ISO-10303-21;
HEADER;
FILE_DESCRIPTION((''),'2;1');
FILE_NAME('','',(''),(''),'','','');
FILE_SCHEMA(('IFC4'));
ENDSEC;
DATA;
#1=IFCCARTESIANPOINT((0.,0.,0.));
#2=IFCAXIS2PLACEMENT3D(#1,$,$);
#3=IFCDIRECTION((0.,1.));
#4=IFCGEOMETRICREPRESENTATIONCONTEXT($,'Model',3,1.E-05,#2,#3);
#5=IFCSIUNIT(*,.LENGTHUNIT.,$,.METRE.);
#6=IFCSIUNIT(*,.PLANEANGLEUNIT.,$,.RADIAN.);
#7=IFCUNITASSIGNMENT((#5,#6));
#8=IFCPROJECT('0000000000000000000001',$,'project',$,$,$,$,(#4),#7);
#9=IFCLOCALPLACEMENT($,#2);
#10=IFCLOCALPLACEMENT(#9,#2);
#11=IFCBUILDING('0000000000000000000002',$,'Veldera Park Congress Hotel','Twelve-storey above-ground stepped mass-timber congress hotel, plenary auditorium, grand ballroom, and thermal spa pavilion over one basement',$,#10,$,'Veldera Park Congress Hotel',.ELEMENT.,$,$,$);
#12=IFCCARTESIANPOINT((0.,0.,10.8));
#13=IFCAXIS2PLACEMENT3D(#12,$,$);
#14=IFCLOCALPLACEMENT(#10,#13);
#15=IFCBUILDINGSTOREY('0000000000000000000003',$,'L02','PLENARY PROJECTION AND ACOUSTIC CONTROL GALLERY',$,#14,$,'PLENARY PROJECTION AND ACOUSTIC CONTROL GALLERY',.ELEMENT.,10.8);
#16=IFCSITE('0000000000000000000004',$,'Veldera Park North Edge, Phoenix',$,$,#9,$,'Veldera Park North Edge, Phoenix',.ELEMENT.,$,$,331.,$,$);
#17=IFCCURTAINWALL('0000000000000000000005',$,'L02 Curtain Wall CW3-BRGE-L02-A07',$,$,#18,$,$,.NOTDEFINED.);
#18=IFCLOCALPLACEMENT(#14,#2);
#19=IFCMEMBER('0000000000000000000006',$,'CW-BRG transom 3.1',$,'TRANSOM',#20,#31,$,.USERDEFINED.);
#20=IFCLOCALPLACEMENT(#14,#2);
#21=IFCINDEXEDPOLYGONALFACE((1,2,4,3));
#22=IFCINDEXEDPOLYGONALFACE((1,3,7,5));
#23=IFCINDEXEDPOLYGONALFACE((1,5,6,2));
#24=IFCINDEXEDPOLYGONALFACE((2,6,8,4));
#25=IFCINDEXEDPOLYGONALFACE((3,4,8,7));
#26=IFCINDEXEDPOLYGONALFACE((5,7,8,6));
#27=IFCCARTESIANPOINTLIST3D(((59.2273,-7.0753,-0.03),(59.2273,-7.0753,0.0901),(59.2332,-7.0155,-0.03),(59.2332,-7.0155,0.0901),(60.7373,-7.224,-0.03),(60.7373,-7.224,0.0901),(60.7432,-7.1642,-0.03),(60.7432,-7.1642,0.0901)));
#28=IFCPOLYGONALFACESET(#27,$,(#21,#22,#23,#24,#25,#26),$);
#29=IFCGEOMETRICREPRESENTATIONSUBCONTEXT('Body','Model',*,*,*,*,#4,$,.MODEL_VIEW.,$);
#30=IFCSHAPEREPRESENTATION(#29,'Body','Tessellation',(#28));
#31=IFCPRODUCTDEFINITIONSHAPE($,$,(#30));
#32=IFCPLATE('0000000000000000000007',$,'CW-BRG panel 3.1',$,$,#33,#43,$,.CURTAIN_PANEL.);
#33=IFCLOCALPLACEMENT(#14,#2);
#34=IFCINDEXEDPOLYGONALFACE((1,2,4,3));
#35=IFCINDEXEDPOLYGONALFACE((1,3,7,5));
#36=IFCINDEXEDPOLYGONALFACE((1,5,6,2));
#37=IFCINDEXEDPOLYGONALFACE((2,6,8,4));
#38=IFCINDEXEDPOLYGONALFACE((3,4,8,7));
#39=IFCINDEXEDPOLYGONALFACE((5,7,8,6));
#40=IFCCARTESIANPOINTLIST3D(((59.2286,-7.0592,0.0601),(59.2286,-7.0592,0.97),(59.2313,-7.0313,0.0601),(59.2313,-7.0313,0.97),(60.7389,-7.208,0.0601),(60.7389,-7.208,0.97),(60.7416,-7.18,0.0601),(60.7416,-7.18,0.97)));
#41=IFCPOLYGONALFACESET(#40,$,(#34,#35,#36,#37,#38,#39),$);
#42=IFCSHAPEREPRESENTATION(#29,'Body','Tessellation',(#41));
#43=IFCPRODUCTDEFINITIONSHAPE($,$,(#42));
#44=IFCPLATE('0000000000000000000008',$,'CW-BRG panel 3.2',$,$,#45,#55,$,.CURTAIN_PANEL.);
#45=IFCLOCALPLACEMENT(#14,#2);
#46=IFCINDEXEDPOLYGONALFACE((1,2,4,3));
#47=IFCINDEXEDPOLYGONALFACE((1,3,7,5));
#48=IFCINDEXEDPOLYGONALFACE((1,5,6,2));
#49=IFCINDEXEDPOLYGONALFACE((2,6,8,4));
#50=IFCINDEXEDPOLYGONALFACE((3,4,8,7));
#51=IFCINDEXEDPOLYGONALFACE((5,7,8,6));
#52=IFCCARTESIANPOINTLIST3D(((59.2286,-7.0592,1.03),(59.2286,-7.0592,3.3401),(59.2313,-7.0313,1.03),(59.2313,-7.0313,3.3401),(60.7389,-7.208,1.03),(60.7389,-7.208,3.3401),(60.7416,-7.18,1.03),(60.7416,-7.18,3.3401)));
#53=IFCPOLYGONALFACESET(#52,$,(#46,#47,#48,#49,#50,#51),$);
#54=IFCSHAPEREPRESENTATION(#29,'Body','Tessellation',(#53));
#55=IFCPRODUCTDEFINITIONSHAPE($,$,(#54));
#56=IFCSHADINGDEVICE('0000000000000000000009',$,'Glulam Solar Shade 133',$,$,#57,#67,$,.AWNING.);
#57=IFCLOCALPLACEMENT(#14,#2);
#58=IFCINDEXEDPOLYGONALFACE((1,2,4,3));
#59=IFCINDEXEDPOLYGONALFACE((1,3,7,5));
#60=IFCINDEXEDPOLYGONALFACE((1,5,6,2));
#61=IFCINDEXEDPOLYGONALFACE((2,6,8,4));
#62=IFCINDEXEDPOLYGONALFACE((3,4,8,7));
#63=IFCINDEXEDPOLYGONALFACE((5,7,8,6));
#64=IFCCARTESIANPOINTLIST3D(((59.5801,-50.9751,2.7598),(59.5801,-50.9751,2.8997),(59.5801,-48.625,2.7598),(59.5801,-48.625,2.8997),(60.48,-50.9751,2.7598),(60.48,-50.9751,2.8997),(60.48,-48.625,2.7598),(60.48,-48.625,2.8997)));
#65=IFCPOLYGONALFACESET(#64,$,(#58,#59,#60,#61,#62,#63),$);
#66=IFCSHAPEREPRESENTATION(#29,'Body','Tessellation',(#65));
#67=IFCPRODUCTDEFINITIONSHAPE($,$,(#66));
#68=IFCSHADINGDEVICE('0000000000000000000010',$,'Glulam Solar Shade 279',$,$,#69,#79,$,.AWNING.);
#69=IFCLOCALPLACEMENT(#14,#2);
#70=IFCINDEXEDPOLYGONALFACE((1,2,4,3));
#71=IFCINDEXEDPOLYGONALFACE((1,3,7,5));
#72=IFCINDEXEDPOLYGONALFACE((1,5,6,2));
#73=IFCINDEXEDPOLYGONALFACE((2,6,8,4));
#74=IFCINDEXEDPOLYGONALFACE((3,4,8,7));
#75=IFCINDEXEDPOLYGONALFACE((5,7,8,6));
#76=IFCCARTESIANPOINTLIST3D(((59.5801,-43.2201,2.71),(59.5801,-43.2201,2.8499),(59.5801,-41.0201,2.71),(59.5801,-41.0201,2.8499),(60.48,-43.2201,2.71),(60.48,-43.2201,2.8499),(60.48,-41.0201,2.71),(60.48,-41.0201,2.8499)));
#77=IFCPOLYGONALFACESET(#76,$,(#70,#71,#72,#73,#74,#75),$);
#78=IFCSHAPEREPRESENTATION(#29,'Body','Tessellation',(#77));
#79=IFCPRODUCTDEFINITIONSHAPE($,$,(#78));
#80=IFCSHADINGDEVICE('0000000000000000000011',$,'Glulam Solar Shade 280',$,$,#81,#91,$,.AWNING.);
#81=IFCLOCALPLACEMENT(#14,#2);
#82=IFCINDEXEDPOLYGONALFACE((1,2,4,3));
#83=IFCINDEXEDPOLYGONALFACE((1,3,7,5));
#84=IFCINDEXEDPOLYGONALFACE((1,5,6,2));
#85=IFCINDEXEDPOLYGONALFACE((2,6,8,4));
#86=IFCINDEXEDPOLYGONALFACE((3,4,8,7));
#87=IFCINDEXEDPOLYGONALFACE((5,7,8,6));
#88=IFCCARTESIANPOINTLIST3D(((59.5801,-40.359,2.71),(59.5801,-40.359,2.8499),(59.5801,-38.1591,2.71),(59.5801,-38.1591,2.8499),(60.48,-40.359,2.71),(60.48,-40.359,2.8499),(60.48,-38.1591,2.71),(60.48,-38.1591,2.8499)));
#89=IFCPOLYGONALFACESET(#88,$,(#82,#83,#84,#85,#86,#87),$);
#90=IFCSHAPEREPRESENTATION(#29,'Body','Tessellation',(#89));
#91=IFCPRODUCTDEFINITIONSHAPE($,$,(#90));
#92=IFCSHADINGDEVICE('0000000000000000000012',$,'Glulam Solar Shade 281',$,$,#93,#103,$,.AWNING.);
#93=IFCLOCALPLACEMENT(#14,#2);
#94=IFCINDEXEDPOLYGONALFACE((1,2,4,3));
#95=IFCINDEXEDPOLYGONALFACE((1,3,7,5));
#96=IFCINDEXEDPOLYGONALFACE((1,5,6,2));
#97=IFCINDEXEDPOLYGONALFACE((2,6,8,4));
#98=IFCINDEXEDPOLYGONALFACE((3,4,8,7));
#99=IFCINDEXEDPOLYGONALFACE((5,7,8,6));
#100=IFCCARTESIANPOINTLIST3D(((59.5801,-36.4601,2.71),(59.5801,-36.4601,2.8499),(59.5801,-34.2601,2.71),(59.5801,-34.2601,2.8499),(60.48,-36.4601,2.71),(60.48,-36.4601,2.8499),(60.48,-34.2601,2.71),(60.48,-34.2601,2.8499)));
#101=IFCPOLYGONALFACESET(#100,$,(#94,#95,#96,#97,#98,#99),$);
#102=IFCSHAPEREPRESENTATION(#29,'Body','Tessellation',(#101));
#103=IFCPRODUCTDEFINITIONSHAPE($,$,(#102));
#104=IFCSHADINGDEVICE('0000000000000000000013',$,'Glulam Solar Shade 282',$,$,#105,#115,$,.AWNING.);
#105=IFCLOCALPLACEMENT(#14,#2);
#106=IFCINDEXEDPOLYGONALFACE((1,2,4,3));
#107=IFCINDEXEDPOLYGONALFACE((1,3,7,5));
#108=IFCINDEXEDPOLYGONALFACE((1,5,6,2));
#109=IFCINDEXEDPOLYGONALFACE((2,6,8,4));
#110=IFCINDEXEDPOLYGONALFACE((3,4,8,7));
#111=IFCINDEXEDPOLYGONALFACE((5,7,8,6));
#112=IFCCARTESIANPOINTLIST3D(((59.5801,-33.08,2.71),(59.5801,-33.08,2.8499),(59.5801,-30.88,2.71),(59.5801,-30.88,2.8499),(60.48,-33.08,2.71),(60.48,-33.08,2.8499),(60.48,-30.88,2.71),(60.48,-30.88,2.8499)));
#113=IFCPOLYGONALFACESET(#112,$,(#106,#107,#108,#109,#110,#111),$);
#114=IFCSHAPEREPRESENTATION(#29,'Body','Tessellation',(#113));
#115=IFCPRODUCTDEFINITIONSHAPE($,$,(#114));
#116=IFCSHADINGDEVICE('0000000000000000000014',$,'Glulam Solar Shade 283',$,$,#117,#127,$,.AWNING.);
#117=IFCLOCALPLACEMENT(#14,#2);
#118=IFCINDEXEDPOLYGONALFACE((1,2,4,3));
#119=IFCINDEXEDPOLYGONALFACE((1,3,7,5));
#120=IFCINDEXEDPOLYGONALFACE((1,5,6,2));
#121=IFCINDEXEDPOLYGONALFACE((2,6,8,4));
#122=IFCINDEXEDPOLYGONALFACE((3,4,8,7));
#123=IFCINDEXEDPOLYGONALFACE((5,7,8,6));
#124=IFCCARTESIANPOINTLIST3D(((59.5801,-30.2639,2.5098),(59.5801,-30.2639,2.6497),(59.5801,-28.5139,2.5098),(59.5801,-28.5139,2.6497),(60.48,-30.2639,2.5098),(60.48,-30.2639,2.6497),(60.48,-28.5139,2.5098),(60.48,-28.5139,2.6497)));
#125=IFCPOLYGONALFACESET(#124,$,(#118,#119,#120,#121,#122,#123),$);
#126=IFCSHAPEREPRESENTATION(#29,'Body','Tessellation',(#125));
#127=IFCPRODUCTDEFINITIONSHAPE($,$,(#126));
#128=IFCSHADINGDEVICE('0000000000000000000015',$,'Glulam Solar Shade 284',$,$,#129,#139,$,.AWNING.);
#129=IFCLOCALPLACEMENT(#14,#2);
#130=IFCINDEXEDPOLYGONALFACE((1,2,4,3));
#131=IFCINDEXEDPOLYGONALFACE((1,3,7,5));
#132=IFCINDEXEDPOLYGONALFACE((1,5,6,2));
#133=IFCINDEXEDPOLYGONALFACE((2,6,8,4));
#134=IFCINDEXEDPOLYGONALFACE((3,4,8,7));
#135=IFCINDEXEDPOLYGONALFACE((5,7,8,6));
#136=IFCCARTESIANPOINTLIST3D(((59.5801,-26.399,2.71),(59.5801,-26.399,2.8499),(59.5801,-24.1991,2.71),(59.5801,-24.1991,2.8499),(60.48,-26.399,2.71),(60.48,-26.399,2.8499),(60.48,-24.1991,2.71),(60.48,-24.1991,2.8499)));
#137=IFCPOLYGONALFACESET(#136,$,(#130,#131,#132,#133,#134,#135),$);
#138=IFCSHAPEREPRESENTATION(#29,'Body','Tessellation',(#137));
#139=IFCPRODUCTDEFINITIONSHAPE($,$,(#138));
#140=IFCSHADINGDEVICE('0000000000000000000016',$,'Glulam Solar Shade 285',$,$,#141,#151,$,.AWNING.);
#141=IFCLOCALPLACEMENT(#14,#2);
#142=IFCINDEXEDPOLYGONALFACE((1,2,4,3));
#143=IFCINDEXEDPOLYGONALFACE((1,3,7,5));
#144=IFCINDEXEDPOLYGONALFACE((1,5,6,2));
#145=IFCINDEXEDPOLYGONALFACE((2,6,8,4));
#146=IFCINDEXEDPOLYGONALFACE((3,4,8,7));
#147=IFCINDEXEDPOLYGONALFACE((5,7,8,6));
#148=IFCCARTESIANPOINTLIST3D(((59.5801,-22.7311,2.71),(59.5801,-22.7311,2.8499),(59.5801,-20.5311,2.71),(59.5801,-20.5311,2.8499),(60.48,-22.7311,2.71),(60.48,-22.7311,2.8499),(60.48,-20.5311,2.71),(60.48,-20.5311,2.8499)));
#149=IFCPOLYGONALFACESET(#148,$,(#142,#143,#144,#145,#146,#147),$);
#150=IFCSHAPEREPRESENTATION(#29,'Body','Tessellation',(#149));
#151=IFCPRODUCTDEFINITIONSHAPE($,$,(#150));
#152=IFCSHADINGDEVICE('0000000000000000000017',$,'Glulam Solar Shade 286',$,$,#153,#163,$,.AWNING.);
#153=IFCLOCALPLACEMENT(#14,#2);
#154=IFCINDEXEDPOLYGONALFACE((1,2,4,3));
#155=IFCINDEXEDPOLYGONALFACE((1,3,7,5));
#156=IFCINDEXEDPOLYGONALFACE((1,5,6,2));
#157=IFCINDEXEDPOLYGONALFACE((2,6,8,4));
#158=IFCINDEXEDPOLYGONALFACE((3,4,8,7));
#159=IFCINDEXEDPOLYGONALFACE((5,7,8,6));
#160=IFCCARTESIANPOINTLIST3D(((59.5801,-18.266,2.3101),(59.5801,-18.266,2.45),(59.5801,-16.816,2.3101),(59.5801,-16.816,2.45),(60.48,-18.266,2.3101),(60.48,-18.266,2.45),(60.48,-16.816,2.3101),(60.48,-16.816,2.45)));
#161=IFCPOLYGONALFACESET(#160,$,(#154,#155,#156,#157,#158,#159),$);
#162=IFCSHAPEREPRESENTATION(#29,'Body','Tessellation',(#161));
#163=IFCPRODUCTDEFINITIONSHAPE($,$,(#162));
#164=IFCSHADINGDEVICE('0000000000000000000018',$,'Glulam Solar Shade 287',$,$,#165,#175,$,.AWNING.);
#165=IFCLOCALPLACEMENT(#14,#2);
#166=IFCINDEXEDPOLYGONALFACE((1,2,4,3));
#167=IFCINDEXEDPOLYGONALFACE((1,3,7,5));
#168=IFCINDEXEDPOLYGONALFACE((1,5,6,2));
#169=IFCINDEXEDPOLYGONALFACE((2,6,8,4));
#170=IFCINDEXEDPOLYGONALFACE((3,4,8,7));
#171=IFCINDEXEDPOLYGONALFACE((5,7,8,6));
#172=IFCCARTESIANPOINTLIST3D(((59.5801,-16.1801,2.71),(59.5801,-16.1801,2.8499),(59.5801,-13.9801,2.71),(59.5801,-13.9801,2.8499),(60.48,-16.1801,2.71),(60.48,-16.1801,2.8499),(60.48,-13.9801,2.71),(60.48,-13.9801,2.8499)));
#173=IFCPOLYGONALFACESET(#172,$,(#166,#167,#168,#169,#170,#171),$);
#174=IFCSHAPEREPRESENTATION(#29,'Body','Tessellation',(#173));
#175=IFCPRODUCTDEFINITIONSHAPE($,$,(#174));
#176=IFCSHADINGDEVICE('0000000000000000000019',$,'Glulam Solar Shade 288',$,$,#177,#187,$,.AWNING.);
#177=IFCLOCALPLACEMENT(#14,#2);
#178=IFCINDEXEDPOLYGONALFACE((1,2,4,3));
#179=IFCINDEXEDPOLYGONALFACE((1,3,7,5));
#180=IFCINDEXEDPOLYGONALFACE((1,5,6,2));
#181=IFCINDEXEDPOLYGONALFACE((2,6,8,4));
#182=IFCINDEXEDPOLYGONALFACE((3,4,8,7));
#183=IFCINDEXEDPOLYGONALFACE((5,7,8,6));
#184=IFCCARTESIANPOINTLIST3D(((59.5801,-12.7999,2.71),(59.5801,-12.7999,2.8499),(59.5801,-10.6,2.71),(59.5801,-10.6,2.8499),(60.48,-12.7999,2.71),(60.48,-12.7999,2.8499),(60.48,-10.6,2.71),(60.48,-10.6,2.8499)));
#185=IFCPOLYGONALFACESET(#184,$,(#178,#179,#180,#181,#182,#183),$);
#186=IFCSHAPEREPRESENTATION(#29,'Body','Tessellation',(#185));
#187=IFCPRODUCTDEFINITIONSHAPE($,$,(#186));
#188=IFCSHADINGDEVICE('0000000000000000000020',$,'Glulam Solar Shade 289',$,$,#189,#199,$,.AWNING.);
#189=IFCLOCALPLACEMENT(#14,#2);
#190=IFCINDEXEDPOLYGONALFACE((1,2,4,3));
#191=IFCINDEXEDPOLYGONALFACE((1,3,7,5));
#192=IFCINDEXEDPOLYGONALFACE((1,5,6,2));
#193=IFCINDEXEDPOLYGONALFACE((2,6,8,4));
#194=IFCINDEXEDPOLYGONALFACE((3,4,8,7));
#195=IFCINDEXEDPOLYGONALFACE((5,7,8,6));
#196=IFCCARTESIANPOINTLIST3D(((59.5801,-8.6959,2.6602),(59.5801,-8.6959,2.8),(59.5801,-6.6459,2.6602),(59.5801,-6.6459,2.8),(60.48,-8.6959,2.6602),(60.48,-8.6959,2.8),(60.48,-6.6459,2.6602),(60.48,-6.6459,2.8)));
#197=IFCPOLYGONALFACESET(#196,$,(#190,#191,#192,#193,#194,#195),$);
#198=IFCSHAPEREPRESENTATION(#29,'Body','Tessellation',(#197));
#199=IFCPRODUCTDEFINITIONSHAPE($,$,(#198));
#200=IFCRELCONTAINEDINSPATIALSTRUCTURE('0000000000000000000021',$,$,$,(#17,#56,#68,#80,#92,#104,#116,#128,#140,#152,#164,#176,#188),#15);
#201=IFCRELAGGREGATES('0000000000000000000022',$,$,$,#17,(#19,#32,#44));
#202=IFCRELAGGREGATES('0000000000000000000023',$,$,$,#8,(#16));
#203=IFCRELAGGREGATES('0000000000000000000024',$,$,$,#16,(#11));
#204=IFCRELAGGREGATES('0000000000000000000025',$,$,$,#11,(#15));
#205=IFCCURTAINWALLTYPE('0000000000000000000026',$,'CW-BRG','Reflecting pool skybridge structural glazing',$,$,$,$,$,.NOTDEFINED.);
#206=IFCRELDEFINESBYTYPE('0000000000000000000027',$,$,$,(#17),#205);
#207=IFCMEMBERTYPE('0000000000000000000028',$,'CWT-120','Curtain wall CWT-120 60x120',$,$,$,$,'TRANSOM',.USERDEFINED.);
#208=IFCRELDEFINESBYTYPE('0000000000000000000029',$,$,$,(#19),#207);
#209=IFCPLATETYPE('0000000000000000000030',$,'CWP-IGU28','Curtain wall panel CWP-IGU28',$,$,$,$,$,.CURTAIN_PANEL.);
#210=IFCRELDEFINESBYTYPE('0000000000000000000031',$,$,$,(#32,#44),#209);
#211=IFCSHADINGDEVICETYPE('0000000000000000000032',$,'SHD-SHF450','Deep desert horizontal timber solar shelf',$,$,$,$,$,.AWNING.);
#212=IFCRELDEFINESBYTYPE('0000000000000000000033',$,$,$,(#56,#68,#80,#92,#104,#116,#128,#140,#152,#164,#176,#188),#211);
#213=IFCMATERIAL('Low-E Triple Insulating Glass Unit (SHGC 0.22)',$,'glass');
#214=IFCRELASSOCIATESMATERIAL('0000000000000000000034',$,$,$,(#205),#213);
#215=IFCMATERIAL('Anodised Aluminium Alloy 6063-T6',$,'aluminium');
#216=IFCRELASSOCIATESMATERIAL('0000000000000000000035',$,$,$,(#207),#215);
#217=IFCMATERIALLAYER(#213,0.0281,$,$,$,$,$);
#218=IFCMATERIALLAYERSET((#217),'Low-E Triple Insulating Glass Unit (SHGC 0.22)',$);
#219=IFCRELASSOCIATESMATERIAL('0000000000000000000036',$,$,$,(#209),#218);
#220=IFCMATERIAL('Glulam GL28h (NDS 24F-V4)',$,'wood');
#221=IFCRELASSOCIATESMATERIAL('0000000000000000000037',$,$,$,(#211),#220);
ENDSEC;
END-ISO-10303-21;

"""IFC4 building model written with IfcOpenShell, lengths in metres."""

from ifc_helpers import new_model, si_unit, direction, frame, origin, origin_2d, place, context, subcontext, project, spatial, rectangle, extrude, material, layer, layer_set, material_profile, profile_set, type_object, element, aggregate, save


model = new_model("IFC4")

# Units and contexts
model_context = context("Model", 3, precision=1e-05, world=origin(), true_north=direction((0.0, 1.0)))
body_context = subcontext(model_context, "Body", "Model", "MODEL_VIEW")
ifc_project = project(units=[si_unit("LENGTHUNIT", "METRE"), si_unit("PLANEANGLEUNIT", "RADIAN")], contexts=[model_context])

# Site, building, storey
site_placement = place(None, origin())
site = spatial("IfcSite", under=ifc_project, at=site_placement, Name="Veldera Park North Edge, Phoenix", LongName="Veldera Park North Edge, Phoenix", CompositionType="ELEMENT", RefElevation=331.0)
building_placement = place(site_placement, origin())
building = spatial("IfcBuilding", under=site, at=building_placement, Name="Veldera Park Congress Hotel", Description="Twelve-storey above-ground stepped mass-timber congress hotel, plenary auditorium, grand ballroom, and thermal spa pavilion over one basement", LongName="Veldera Park Congress Hotel", CompositionType="ELEMENT")
storey_placement = place(building_placement, frame((0.0, 0.0, 10.8)))
storey = spatial("IfcBuildingStorey", under=building, at=storey_placement, Name="L02", Description="PLENARY PROJECTION AND ACOUSTIC CONTROL GALLERY", LongName="PLENARY PROJECTION AND ACOUSTIC CONTROL GALLERY", CompositionType="ELEMENT", Elevation=10.8)

# Curtain wall, member, plates
ifc_material_1 = material(Name="Low-E Triple Insulating Glass Unit (SHGC 0.22)", Category="glass")
curtain_wall_type = type_object("IfcCurtainWallType", Name="CW-BRG", Description="Reflecting pool skybridge structural glazing", PredefinedType="NOTDEFINED", material=ifc_material_1)
curtain_wall_placement = place(storey_placement, origin())
curtain_wall = element("IfcCurtainWall", 1, at=curtain_wall_placement, inside=storey, type_object=curtain_wall_type, Name="L02 Curtain Wall CW3-BRGE-L02-A07", PredefinedType="NOTDEFINED")
ifc_material_2 = material(Name="Anodised Aluminium Alloy 6063-T6", Category="aluminium")
ifc_material_profile = material_profile(ifc_material_2, rectangle(XDim=0.0601, YDim=0.1201, at=origin_2d()), Name="ALU 60x120")
ifc_profile_set = profile_set([ifc_material_profile], Name="Anodised Aluminium Alloy 6063-T6")
member_type = type_object("IfcMemberType", Name="CWT-120", Description="Curtain wall CWT-120 60x120", ElementType="TRANSOM", PredefinedType="USERDEFINED", material=ifc_profile_set)
member_placement = place(storey_placement, frame((59.2302, -7.0454, 0.03), z_axis=(0.995187, -0.09799, 0.0), x_axis=(0.09799, 0.995187, 0.0)))
member = element("IfcMember", 2, at=member_placement, type_object=member_type, Name="CW-BRG transom 3.1", ObjectType="TRANSOM", PredefinedType="USERDEFINED", context=body_context, shape_type="SweptSolid", body=[
    extrude(rectangle(XDim=0.0601, YDim=0.1201, at=origin_2d()), origin(), (0.0, 0.0, 1.0), 1.5173),
])
ifc_layer = layer(ifc_material_1, 0.0281)
ifc_layer_set = layer_set([ifc_layer], Name="Low-E Triple Insulating Glass Unit (SHGC 0.22)")
plate_type = type_object("IfcPlateType", Name="CWP-IGU28", Description="Curtain wall panel CWP-IGU28", PredefinedType="CURTAIN_PANEL", material=ifc_layer_set)
plate_1_placement = place(storey_placement, frame((59.9851, -7.1196, 0.0601), z_axis=(0.0, 0.0, 1.0), x_axis=(0.995184, -0.098021, 0.0)))
plate_1 = element("IfcPlate", 3, at=plate_1_placement, type_object=plate_type, Name="CW-BRG panel 3.1", PredefinedType="CURTAIN_PANEL", context=body_context, shape_type="SweptSolid", body=[
    extrude(rectangle(XDim=1.5176, YDim=0.0281, at=origin_2d()), origin(), (0.0, 0.0, 1.0), 0.9099),
])
plate_2_placement = place(storey_placement, frame((59.9851, -7.1196, 1.03), z_axis=(0.0, 0.0, 1.0), x_axis=(0.995184, -0.098021, 0.0)))
plate_2 = element("IfcPlate", 4, at=plate_2_placement, type_object=plate_type, Name="CW-BRG panel 3.2", PredefinedType="CURTAIN_PANEL", context=body_context, shape_type="SweptSolid", body=[
    extrude(rectangle(XDim=1.5176, YDim=0.0281, at=origin_2d()), origin(), (0.0, 0.0, 1.0), 2.3101),
])
aggregate(curtain_wall, [member, plate_1, plate_2])

# Shading devices
ifc_material_3 = material(Name="Glulam GL28h (NDS 24F-V4)", Category="wood")
shading_device_type = type_object("IfcShadingDeviceType", Name="SHD-SHF450", Description="Deep desert horizontal timber solar shelf", PredefinedType="AWNING", material=ifc_material_3)
shading_device_1_placement = place(storey_placement, frame((60.03, -49.8, 2.7598), z_axis=(0.0, 0.0, 1.0), x_axis=(0.0, -1.0, 0.0)))
element("IfcShadingDevice", 5, at=shading_device_1_placement, inside=storey, type_object=shading_device_type, Name="Glulam Solar Shade 133", PredefinedType="AWNING", context=body_context, shape_type="SweptSolid", body=[
    extrude(rectangle(XDim=2.3501, YDim=0.8999, at=origin_2d()), origin(), (0.0, 0.0, 1.0), 0.1399),
])
for number, where, z_axis, x_axis, name in (
    (6, (60.03, -42.1201, 2.71), (0.0, 0.0, 1.0), (0.0, -1.0, 0.0), "Glulam Solar Shade 279"),
    (7, (60.03, -39.259, 2.71), (0.0, 0.0, 1.0), (0.0, -1.0, 0.0), "Glulam Solar Shade 280"),
    (8, (60.03, -35.3601, 2.71), (0.0, 0.0, 1.0), (0.0, -1.0, 0.0), "Glulam Solar Shade 281"),
    (9, (60.03, -31.98, 2.71), (0.0, 0.0, 1.0), (0.0, -1.0, 0.0), "Glulam Solar Shade 282"),
):
    element("IfcShadingDevice", number, at=place(storey_placement, frame(where, z_axis=z_axis, x_axis=x_axis)), inside=storey, type_object=shading_device_type, Name=name, PredefinedType="AWNING", context=body_context, shape_type="SweptSolid", body=[
        extrude(rectangle(XDim=2.2, YDim=0.8999, at=origin_2d()), origin(), (0.0, 0.0, 1.0), 0.1399),
    ])
shading_device_2_placement = place(storey_placement, frame((60.03, -29.3889, 2.5098), z_axis=(0.0, 0.0, 1.0), x_axis=(0.0, -1.0, 0.0)))
element("IfcShadingDevice", 10, at=shading_device_2_placement, inside=storey, type_object=shading_device_type, Name="Glulam Solar Shade 283", PredefinedType="AWNING", context=body_context, shape_type="SweptSolid", body=[
    extrude(rectangle(XDim=1.75, YDim=0.8999, at=origin_2d()), origin(), (0.0, 0.0, 1.0), 0.1399),
])
for number, where, z_axis, x_axis, name in (
    (11, (60.03, -25.2991, 2.71), (0.0, 0.0, 1.0), (0.0, -1.0, 0.0), "Glulam Solar Shade 284"),
    (12, (60.03, -21.6311, 2.71), (0.0, 0.0, 1.0), (0.0, -1.0, 0.0), "Glulam Solar Shade 285"),
):
    element("IfcShadingDevice", number, at=place(storey_placement, frame(where, z_axis=z_axis, x_axis=x_axis)), inside=storey, type_object=shading_device_type, Name=name, PredefinedType="AWNING", context=body_context, shape_type="SweptSolid", body=[
        extrude(rectangle(XDim=2.2, YDim=0.8999, at=origin_2d()), origin(), (0.0, 0.0, 1.0), 0.1399),
    ])
shading_device_3_placement = place(storey_placement, frame((60.03, -17.541, 2.3101), z_axis=(0.0, 0.0, 1.0), x_axis=(0.0, -1.0, 0.0)))
element("IfcShadingDevice", 13, at=shading_device_3_placement, inside=storey, type_object=shading_device_type, Name="Glulam Solar Shade 286", PredefinedType="AWNING", context=body_context, shape_type="SweptSolid", body=[
    extrude(rectangle(XDim=1.45, YDim=0.8999, at=origin_2d()), origin(), (0.0, 0.0, 1.0), 0.1399),
])
for number, where, z_axis, x_axis, name in (
    (14, (60.03, -15.0801, 2.71), (0.0, 0.0, 1.0), (0.0, -1.0, 0.0), "Glulam Solar Shade 287"),
    (15, (60.03, -11.7, 2.71), (0.0, 0.0, 1.0), (0.0, -1.0, 0.0), "Glulam Solar Shade 288"),
):
    element("IfcShadingDevice", number, at=place(storey_placement, frame(where, z_axis=z_axis, x_axis=x_axis)), inside=storey, type_object=shading_device_type, Name=name, PredefinedType="AWNING", context=body_context, shape_type="SweptSolid", body=[
        extrude(rectangle(XDim=2.2, YDim=0.8999, at=origin_2d()), origin(), (0.0, 0.0, 1.0), 0.1399),
    ])
shading_device_4_placement = place(storey_placement, frame((60.03, -7.6709, 2.6602), z_axis=(0.0, 0.0, 1.0), x_axis=(0.0, -1.0, 0.0)))
element("IfcShadingDevice", 16, at=shading_device_4_placement, inside=storey, type_object=shading_device_type, Name="Glulam Solar Shade 289", PredefinedType="AWNING", context=body_context, shape_type="SweptSolid", body=[
    extrude(rectangle(XDim=2.05, YDim=0.8999, at=origin_2d()), origin(), (0.0, 0.0, 1.0), 0.1399),
])

save(model, "model.ifc")
